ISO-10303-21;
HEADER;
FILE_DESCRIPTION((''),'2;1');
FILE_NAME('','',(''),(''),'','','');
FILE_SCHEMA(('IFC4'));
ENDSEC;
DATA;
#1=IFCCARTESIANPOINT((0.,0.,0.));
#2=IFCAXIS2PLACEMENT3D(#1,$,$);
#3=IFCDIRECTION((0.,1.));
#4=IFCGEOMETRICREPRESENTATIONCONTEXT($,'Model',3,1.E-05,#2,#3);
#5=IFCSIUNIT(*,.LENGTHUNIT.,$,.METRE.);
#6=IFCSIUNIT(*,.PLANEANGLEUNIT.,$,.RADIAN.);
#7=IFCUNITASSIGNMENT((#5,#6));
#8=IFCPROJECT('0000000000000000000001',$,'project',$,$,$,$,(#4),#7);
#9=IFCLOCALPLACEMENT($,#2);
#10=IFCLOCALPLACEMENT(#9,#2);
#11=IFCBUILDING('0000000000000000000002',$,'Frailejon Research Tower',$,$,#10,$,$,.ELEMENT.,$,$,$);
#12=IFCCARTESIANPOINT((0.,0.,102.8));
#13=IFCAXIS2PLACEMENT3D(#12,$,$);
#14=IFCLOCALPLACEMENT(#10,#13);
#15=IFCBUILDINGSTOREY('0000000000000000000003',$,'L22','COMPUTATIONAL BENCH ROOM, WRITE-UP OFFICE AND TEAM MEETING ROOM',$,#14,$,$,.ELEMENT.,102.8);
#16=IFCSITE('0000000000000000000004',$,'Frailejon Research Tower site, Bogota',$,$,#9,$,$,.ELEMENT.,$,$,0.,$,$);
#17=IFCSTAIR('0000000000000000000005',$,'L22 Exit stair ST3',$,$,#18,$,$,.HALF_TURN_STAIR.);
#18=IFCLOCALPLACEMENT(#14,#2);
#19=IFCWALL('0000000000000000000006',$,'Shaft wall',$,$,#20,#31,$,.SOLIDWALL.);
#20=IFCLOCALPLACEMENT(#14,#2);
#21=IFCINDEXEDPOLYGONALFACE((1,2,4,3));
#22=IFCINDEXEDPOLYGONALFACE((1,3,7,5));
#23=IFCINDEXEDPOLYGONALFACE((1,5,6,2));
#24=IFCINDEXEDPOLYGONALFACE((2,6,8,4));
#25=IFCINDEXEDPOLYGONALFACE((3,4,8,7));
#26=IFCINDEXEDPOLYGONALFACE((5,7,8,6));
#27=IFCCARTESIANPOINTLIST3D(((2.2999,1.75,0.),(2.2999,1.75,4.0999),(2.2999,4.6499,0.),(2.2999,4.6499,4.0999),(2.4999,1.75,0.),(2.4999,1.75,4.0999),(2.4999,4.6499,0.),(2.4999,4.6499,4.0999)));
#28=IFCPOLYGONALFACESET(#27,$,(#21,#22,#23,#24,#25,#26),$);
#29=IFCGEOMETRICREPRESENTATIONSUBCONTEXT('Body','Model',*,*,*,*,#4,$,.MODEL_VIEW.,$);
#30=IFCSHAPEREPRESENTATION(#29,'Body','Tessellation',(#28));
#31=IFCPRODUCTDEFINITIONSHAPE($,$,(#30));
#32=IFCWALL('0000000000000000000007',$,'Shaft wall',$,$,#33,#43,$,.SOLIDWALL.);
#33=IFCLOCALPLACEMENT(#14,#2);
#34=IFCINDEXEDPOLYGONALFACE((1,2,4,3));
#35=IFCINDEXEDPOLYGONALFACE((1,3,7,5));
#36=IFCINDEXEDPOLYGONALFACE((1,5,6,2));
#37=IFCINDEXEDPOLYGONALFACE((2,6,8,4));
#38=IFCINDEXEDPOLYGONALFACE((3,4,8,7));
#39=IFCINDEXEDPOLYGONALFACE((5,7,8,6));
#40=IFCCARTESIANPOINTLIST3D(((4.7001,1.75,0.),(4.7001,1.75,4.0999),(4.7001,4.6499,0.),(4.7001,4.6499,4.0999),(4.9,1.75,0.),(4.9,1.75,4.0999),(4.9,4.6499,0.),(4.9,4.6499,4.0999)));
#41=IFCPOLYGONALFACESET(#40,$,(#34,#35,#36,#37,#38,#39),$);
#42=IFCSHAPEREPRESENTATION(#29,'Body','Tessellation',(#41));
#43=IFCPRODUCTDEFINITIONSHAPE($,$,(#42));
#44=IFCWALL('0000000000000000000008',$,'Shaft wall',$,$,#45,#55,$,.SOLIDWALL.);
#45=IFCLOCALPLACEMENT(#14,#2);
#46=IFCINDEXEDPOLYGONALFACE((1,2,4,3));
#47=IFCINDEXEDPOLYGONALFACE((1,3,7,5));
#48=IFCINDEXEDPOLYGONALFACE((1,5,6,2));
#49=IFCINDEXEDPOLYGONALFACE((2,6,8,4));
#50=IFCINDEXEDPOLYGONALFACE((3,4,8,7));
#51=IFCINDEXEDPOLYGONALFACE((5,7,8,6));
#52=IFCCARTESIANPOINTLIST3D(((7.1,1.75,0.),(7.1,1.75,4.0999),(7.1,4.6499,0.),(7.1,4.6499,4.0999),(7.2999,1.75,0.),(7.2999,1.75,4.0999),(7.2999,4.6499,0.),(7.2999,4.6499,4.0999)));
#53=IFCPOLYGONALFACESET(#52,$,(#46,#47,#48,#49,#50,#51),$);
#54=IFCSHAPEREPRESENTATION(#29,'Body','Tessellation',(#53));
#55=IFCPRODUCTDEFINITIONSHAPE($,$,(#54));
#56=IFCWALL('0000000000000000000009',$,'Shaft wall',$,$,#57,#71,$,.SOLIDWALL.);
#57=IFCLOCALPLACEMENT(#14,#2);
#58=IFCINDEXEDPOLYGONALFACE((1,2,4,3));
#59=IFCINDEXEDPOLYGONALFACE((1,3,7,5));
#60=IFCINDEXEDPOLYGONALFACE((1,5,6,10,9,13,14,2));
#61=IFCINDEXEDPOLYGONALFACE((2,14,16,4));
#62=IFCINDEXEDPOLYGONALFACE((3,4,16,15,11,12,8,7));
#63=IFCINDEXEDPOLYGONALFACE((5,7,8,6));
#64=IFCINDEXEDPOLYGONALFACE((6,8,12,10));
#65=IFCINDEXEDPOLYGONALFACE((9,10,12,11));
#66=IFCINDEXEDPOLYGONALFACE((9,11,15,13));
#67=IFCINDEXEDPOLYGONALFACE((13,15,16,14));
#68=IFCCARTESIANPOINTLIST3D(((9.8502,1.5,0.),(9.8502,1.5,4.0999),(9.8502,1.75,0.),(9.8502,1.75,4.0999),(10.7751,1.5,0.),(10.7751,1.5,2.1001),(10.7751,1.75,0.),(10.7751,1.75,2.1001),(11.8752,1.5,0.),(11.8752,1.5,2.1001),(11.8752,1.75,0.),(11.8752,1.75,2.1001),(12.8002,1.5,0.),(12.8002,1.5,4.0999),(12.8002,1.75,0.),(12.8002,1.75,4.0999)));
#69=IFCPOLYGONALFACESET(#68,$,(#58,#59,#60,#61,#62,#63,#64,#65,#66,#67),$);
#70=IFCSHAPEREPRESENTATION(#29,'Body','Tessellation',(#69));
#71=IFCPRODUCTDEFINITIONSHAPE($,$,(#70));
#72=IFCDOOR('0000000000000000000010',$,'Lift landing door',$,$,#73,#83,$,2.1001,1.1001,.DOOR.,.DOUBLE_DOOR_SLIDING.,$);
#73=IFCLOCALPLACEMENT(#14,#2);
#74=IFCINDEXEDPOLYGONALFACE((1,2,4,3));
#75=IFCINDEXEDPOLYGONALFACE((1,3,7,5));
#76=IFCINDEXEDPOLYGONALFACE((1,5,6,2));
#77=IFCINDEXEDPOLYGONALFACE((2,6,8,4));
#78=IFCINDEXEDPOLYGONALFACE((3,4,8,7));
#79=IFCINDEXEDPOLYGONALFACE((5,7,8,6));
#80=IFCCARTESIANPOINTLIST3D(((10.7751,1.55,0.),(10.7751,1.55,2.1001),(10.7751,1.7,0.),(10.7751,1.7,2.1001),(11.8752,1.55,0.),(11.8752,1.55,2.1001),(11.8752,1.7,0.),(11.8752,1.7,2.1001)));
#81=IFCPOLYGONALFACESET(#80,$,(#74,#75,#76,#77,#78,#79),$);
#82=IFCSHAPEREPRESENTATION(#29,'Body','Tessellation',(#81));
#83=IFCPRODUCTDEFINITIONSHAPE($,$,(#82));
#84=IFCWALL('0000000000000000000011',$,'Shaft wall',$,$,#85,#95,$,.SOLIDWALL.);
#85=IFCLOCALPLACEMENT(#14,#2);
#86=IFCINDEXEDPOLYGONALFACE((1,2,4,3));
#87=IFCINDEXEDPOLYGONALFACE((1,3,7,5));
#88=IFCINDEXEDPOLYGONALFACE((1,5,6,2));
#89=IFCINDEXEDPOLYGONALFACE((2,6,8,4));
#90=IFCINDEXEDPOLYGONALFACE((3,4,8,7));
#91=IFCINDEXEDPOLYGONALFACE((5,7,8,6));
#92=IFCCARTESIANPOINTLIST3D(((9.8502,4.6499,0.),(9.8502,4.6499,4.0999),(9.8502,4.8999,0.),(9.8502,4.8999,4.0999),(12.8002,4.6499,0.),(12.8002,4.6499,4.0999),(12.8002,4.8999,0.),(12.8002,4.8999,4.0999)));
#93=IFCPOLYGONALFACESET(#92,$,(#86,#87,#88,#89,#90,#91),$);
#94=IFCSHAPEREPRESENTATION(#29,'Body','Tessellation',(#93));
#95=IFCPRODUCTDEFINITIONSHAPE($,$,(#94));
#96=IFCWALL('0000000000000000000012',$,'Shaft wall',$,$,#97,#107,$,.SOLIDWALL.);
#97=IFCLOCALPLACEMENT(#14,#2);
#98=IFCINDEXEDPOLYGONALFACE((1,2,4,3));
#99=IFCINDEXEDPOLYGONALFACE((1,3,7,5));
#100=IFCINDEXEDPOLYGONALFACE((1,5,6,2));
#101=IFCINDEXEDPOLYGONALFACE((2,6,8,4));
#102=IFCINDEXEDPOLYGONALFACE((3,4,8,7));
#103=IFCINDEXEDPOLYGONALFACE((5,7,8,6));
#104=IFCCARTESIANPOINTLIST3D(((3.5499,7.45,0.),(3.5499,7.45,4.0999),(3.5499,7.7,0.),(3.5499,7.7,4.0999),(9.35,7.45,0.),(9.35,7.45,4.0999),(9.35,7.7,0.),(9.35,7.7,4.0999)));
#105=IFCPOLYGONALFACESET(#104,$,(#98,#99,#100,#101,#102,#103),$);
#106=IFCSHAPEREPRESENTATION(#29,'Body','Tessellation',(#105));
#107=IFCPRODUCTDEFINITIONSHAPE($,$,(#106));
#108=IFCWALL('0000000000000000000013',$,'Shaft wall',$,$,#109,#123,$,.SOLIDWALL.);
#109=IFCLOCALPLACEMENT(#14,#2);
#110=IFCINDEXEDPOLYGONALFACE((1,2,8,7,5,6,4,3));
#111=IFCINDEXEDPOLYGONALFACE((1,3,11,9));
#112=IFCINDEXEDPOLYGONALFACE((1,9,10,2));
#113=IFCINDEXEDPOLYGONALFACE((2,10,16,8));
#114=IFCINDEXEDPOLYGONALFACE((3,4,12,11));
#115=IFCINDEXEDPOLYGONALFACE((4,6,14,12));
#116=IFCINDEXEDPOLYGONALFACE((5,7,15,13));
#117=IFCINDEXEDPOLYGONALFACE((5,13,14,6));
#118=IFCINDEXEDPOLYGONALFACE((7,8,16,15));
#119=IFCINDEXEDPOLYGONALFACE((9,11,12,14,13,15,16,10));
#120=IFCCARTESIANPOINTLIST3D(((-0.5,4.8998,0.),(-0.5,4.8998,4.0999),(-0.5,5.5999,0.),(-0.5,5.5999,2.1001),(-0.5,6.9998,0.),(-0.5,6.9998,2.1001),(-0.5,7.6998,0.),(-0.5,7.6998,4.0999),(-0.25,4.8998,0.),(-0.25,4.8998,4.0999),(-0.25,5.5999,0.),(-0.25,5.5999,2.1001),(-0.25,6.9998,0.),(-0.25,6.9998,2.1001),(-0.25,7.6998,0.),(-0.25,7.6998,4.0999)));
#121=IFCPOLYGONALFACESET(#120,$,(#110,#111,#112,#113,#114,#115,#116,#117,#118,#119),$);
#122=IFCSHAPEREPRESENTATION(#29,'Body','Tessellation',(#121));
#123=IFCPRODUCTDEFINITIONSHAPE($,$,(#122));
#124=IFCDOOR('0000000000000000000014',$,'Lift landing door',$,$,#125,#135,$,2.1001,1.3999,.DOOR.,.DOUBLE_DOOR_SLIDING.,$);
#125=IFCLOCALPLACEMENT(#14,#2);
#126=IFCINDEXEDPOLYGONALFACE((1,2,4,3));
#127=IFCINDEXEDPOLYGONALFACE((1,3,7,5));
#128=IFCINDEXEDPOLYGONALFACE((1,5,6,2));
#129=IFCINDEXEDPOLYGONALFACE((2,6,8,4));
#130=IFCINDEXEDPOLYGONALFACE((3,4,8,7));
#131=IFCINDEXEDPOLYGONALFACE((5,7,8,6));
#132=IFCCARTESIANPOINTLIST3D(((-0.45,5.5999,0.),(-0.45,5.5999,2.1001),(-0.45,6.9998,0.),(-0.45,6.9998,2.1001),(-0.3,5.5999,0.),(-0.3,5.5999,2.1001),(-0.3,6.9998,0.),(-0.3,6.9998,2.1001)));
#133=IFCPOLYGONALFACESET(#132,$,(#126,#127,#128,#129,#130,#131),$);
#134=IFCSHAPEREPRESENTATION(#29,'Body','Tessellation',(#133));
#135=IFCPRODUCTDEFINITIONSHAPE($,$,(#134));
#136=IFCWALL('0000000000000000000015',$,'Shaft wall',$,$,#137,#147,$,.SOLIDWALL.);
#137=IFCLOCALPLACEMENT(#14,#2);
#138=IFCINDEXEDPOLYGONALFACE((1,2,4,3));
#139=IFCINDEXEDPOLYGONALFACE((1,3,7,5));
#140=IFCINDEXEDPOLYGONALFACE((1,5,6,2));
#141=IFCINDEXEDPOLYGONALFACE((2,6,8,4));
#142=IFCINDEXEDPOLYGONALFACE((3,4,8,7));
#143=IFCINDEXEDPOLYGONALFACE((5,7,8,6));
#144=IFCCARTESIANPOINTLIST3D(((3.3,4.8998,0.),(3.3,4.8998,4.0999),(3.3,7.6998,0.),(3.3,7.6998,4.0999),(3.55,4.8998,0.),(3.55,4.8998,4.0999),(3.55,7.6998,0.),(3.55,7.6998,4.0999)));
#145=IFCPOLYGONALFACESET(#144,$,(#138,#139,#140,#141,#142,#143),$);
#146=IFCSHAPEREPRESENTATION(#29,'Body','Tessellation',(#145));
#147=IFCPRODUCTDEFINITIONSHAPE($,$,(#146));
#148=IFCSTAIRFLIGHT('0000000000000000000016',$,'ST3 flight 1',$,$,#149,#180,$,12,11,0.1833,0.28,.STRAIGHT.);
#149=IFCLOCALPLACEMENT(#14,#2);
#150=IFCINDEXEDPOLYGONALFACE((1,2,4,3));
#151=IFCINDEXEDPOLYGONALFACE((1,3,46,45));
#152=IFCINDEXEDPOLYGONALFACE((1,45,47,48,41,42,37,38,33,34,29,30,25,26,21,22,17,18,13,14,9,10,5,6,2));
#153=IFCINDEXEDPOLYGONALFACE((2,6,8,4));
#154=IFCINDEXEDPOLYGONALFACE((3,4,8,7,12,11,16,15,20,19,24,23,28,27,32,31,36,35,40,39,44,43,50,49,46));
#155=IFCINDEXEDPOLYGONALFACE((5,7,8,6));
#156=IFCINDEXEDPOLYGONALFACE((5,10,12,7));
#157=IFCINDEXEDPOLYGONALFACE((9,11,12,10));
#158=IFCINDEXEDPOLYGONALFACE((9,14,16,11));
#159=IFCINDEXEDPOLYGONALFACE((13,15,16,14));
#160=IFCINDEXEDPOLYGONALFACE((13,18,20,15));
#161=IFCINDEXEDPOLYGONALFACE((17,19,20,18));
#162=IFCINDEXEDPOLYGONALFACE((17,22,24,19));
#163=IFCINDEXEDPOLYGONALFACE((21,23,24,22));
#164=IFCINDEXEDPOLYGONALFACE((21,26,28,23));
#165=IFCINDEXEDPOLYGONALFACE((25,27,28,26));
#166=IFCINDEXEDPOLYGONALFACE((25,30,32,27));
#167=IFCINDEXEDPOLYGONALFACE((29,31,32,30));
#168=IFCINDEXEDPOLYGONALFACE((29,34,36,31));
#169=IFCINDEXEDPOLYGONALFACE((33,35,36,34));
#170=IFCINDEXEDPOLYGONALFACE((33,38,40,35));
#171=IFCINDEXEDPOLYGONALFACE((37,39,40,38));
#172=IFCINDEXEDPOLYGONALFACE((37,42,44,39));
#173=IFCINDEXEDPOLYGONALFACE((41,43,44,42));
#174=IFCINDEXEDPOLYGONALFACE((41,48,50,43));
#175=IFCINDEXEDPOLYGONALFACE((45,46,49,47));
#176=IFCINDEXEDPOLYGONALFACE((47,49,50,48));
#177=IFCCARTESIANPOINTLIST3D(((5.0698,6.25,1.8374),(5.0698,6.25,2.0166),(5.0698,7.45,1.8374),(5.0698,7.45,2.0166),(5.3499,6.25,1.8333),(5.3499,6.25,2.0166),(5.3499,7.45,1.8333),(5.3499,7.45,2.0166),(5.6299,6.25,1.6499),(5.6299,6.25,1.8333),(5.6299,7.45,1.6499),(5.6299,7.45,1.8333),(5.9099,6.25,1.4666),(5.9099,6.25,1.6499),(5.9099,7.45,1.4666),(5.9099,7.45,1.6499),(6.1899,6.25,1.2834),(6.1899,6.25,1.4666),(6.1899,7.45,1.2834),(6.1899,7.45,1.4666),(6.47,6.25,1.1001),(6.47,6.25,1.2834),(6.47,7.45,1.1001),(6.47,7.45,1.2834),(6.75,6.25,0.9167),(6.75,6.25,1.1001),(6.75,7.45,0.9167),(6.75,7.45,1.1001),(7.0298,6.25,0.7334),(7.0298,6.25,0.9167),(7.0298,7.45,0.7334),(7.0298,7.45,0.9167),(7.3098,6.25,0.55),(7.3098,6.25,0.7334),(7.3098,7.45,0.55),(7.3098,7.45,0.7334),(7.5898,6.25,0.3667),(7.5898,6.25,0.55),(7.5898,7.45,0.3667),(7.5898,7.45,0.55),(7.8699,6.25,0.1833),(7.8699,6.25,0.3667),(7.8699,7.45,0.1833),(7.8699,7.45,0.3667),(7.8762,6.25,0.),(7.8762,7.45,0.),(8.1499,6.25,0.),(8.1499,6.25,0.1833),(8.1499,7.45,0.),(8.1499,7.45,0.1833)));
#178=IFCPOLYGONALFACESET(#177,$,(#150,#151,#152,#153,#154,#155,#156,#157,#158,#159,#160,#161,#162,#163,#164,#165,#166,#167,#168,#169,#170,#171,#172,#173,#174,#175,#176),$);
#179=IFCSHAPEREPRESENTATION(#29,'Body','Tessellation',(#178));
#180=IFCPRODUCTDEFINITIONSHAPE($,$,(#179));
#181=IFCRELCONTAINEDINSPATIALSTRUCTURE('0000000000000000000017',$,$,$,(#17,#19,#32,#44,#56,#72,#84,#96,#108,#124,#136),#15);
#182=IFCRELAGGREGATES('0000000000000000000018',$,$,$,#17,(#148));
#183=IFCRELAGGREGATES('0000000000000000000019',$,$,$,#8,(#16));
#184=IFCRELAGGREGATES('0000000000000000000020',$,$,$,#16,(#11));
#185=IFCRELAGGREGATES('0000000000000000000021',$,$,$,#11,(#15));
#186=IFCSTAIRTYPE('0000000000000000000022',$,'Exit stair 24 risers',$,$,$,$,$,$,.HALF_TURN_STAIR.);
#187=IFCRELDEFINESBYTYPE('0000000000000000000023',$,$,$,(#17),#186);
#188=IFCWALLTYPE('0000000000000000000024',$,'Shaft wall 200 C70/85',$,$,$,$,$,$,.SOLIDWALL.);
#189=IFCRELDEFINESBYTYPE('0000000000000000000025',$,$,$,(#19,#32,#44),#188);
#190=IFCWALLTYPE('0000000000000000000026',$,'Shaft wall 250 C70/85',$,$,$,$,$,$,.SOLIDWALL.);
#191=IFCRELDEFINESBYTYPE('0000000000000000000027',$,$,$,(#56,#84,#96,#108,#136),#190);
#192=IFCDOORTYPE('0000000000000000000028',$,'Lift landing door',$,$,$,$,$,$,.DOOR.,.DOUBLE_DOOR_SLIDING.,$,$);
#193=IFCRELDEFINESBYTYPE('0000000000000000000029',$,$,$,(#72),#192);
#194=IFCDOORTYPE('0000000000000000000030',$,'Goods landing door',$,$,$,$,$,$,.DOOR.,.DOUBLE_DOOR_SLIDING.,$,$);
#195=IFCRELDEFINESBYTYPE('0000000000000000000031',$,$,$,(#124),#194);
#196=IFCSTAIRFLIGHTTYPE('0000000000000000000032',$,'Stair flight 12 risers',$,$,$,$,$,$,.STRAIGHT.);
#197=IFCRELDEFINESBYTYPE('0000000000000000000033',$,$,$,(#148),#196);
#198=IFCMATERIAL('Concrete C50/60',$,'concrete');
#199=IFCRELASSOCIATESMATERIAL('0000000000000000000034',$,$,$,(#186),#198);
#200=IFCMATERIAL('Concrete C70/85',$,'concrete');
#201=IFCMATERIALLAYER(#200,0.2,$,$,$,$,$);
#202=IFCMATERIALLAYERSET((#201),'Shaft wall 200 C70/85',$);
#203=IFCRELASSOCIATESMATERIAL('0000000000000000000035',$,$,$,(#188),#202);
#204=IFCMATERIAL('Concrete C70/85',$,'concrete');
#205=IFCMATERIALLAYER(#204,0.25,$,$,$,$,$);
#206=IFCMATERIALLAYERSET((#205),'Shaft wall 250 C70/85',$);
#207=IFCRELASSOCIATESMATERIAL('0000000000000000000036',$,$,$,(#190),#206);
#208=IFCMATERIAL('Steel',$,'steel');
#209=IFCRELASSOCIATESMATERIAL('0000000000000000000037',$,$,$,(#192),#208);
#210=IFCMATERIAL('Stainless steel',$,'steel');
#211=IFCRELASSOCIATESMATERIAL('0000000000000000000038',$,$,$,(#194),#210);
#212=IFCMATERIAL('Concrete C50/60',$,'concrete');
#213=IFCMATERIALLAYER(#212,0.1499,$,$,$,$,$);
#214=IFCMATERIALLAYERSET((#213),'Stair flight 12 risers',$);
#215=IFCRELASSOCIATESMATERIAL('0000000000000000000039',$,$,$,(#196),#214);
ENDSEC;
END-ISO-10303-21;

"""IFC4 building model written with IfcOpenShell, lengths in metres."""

from ifc_helpers import new_model, si_unit, direction, frame, frame_2d, origin, place, context, subcontext, project, spatial, polyline, rectangle, outline, extrude, material, layer, layer_set, type_object, element, fill, aggregate, save


model = new_model("IFC4")

# Units and contexts
model_context = context("Model", 3, precision=1e-05, world=origin(), true_north=direction((0.0, 1.0)))
body_context = subcontext(model_context, "Body", "Model", "MODEL_VIEW")
ifc_project = project(units=[si_unit("LENGTHUNIT", "METRE"), si_unit("PLANEANGLEUNIT", "RADIAN")], contexts=[model_context])

# Site, building, storey
site_placement = place(None, origin())
site = spatial("IfcSite", under=ifc_project, at=site_placement, Name="Frailejon Research Tower site, Bogota", CompositionType="ELEMENT", RefElevation=0.0)
building_placement = place(site_placement, origin())
building = spatial("IfcBuilding", under=site, at=building_placement, Name="Frailejon Research Tower", CompositionType="ELEMENT")
storey_placement = place(building_placement, frame((0.0, 0.0, 102.8)))
storey = spatial("IfcBuildingStorey", under=building, at=storey_placement, Name="L22", Description="COMPUTATIONAL BENCH ROOM, WRITE-UP OFFICE AND TEAM MEETING ROOM", CompositionType="ELEMENT", Elevation=102.8)

# Stair
ifc_material_1 = material(Name="Concrete C50/60", Category="concrete")
stair_type = type_object("IfcStairType", Name="Exit stair 24 risers", PredefinedType="HALF_TURN_STAIR", material=ifc_material_1)
stair_1_placement = place(storey_placement, origin())
stair_1 = element("IfcStair", 1, at=stair_1_placement, inside=storey, type_object=stair_type, Name="L22 Exit stair ST3", PredefinedType="HALF_TURN_STAIR")

# Walls
ifc_material_2 = material(Name="Concrete C70/85", Category="concrete")
ifc_layer_1 = layer(ifc_material_2, 0.2)
ifc_layer_set_1 = layer_set([ifc_layer_1], Name="Shaft wall 200 C70/85")
wall_type_1 = type_object("IfcWallType", Name="Shaft wall 200 C70/85", PredefinedType="SOLIDWALL", material=ifc_layer_set_1)
for number, where, z_axis, x_axis, name in (
    (2, (2.3999, 1.75, 0.0), (0.0, 0.0, 1.0), (0.0, 1.0, 0.0), "Shaft wall"),
    (3, (4.8, 1.75, 0.0), (0.0, 0.0, 1.0), (0.0, 1.0, 0.0), "Shaft wall"),
    (4, (7.2, 1.75, 0.0), (0.0, 0.0, 1.0), (0.0, 1.0, 0.0), "Shaft wall"),
):
    element("IfcWall", number, at=place(storey_placement, frame(where, z_axis=z_axis, x_axis=x_axis)), inside=storey, type_object=wall_type_1, Name=name, PredefinedType="SOLIDWALL", context=body_context, shape_type="SweptSolid", body=[
        extrude(rectangle(XDim=2.8999, YDim=0.2, at=frame_2d((1.45, 0.0))), origin(), (0.0, 0.0, 1.0), 4.0999),
    ])

# Wall, opening, door
ifc_material_3 = material(Name="Concrete C70/85", Category="concrete")
ifc_layer_2 = layer(ifc_material_3, 0.25)
ifc_layer_set_2 = layer_set([ifc_layer_2], Name="Shaft wall 250 C70/85")
wall_type_2 = type_object("IfcWallType", Name="Shaft wall 250 C70/85", PredefinedType="SOLIDWALL", material=ifc_layer_set_2)
wall_1_placement = place(storey_placement, frame((9.8501, 1.625, 0.0), z_axis=(0.0, 0.0, 1.0), x_axis=(1.0, 0.0, 0.0)))
wall_1 = element("IfcWall", 5, at=wall_1_placement, inside=storey, type_object=wall_type_2, Name="Shaft wall", PredefinedType="SOLIDWALL", context=body_context, shape_type="SweptSolid", body=[
    extrude(rectangle(XDim=2.95, YDim=0.25, at=frame_2d((1.4751, 0.0))), origin(), (0.0, 0.0, 1.0), 4.0999),
])
opening_1_placement = place(wall_1_placement, frame((0.925, 0.0, 0.0)))
opening_1 = element("IfcOpeningElement", 6, at=opening_1_placement, cuts=wall_1, PredefinedType="OPENING", context=body_context, shape_type="SweptSolid", body=[
    extrude(rectangle(XDim=1.1001, YDim=2.1001, at=frame_2d((0.55, 1.05))), frame((0.0, 0.135, 0.0), z_axis=(0.0, -1.0, 0.0), x_axis=(1.0, 0.0, 0.0)), (0.0, 0.0, 1.0), 0.27),
])
ifc_material_4 = material(Name="Steel", Category="steel")
door_type_1 = type_object("IfcDoorType", Name="Lift landing door", OperationType="DOUBLE_DOOR_SLIDING", PredefinedType="DOOR", material=ifc_material_4)
door_1_placement = place(opening_1_placement, origin())
door_1 = element("IfcDoor", 7, at=door_1_placement, inside=storey, type_object=door_type_1, Name="Lift landing door", OperationType="DOUBLE_DOOR_SLIDING", OverallHeight=2.1001, OverallWidth=1.1001, PredefinedType="DOOR", context=body_context, shape_type="SweptSolid", body=[
    extrude(rectangle(XDim=1.1001, YDim=2.1001, at=frame_2d((0.55, 1.05))), frame((0.0, 0.075, 0.0), z_axis=(0.0, -1.0, 0.0), x_axis=(1.0, 0.0, 0.0)), (0.0, 0.0, 1.0), 0.1499),
])
fill(opening_1, door_1)

# Walls
wall_2_placement = place(storey_placement, frame((9.8501, 4.7749, 0.0), z_axis=(0.0, 0.0, 1.0), x_axis=(1.0, 0.0, 0.0)))
element("IfcWall", 8, at=wall_2_placement, inside=storey, type_object=wall_type_2, Name="Shaft wall", PredefinedType="SOLIDWALL", context=body_context, shape_type="SweptSolid", body=[
    extrude(rectangle(XDim=2.95, YDim=0.25, at=frame_2d((1.4751, 0.0))), origin(), (0.0, 0.0, 1.0), 4.0999),
])
wall_3_placement = place(storey_placement, frame((3.55, 7.575, 0.0), z_axis=(0.0, 0.0, 1.0), x_axis=(1.0, 0.0, 0.0)))
element("IfcWall", 9, at=wall_3_placement, inside=storey, type_object=wall_type_2, Name="Shaft wall", PredefinedType="SOLIDWALL", context=body_context, shape_type="SweptSolid", body=[
    extrude(rectangle(XDim=5.8, YDim=0.25, at=frame_2d((2.8999, 0.0))), origin(), (0.0, 0.0, 1.0), 4.0999),
])

# Wall, opening, door
wall_4_placement = place(storey_placement, frame((-0.375, 4.8999, 0.0), z_axis=(0.0, 0.0, 1.0), x_axis=(0.0, 1.0, 0.0)))
wall_4 = element("IfcWall", 10, at=wall_4_placement, inside=storey, type_object=wall_type_2, Name="Shaft wall", PredefinedType="SOLIDWALL", context=body_context, shape_type="SweptSolid", body=[
    extrude(rectangle(XDim=2.8, YDim=0.25, at=frame_2d((1.3999, 0.0))), origin(), (0.0, 0.0, 1.0), 4.0999),
])
opening_2_placement = place(wall_4_placement, frame((0.7, 0.0, 0.0)))
opening_2 = element("IfcOpeningElement", 11, at=opening_2_placement, cuts=wall_4, PredefinedType="OPENING", context=body_context, shape_type="SweptSolid", body=[
    extrude(rectangle(XDim=1.3999, YDim=2.1001, at=frame_2d((0.7, 1.05))), frame((0.0, 0.135, 0.0), z_axis=(0.0, -1.0, 0.0), x_axis=(1.0, 0.0, 0.0)), (0.0, 0.0, 1.0), 0.27),
])
ifc_material_5 = material(Name="Stainless steel", Category="steel")
door_type_2 = type_object("IfcDoorType", Name="Goods landing door", OperationType="DOUBLE_DOOR_SLIDING", PredefinedType="DOOR", material=ifc_material_5)
door_2_placement = place(opening_2_placement, origin())
door_2 = element("IfcDoor", 12, at=door_2_placement, inside=storey, type_object=door_type_2, Name="Lift landing door", OperationType="DOUBLE_DOOR_SLIDING", OverallHeight=2.1001, OverallWidth=1.3999, PredefinedType="DOOR", context=body_context, shape_type="SweptSolid", body=[
    extrude(rectangle(XDim=1.3999, YDim=2.1001, at=frame_2d((0.7, 1.05))), frame((0.0, 0.075, 0.0), z_axis=(0.0, -1.0, 0.0), x_axis=(1.0, 0.0, 0.0)), (0.0, 0.0, 1.0), 0.1499),
])
fill(opening_2, door_2)

# Wall
wall_5_placement = place(storey_placement, frame((3.425, 4.8999, 0.0), z_axis=(0.0, 0.0, 1.0), x_axis=(0.0, 1.0, 0.0)))
element("IfcWall", 13, at=wall_5_placement, inside=storey, type_object=wall_type_2, Name="Shaft wall", PredefinedType="SOLIDWALL", context=body_context, shape_type="SweptSolid", body=[
    extrude(rectangle(XDim=2.8, YDim=0.25, at=frame_2d((1.3999, 0.0))), origin(), (0.0, 0.0, 1.0), 4.0999),
])

# Stair flight
ifc_material_6 = material(Name="Concrete C50/60", Category="concrete")
ifc_layer_3 = layer(ifc_material_6, 0.1499)
ifc_layer_set_3 = layer_set([ifc_layer_3], Name="Stair flight 12 risers")
stair_flight_type = type_object("IfcStairFlightType", Name="Stair flight 12 risers", PredefinedType="STRAIGHT", material=ifc_layer_set_3)
stair_flight_1_placement = place(storey_placement, frame((8.1499, 6.8501, 0.0), z_axis=(0.0, 0.0, 1.0), x_axis=(-1.0, 0.0, 0.0)))
stair_flight_1 = element("IfcStairFlight", 14, at=stair_flight_1_placement, type_object=stair_flight_type, Name="ST3 flight 1", NumberOfRisers=12, NumberOfTreads=11, PredefinedType="STRAIGHT", RiserHeight=0.1833, TreadLength=0.28, context=body_context, shape_type="SweptSolid", body=[
    extrude(outline(polyline([(0.0, 0.0), (0.0, 0.1833), (0.28, 0.1833), (0.28, 0.3667), (0.5601, 0.3667), (0.5601, 0.55), (0.8401, 0.55), (0.8401, 0.7334), (1.1201, 0.7334), (1.1201, 0.9167), (1.3999, 0.9167), (1.3999, 1.1001), (1.6799, 1.1001), (1.6799, 1.2834), (1.96, 1.2834), (1.96, 1.4666), (2.24, 1.4666), (2.24, 1.6499), (2.52, 1.6499), (2.52, 1.8333), (2.8, 1.8333), (2.8, 2.0166), (3.0801, 2.0166), (3.0801, 2.2), (3.0801, 1.8374), (0.2737, 0.0), (0.0, 0.0)])), frame((0.0, 0.6001, 0.0), z_axis=(0.0, -1.0, 0.0), x_axis=(1.0, 0.0, 0.0)), (0.0, 0.0, 1.0), 1.2),
])
aggregate(stair_1, [stair_flight_1])

save(model, "model.ifc")
